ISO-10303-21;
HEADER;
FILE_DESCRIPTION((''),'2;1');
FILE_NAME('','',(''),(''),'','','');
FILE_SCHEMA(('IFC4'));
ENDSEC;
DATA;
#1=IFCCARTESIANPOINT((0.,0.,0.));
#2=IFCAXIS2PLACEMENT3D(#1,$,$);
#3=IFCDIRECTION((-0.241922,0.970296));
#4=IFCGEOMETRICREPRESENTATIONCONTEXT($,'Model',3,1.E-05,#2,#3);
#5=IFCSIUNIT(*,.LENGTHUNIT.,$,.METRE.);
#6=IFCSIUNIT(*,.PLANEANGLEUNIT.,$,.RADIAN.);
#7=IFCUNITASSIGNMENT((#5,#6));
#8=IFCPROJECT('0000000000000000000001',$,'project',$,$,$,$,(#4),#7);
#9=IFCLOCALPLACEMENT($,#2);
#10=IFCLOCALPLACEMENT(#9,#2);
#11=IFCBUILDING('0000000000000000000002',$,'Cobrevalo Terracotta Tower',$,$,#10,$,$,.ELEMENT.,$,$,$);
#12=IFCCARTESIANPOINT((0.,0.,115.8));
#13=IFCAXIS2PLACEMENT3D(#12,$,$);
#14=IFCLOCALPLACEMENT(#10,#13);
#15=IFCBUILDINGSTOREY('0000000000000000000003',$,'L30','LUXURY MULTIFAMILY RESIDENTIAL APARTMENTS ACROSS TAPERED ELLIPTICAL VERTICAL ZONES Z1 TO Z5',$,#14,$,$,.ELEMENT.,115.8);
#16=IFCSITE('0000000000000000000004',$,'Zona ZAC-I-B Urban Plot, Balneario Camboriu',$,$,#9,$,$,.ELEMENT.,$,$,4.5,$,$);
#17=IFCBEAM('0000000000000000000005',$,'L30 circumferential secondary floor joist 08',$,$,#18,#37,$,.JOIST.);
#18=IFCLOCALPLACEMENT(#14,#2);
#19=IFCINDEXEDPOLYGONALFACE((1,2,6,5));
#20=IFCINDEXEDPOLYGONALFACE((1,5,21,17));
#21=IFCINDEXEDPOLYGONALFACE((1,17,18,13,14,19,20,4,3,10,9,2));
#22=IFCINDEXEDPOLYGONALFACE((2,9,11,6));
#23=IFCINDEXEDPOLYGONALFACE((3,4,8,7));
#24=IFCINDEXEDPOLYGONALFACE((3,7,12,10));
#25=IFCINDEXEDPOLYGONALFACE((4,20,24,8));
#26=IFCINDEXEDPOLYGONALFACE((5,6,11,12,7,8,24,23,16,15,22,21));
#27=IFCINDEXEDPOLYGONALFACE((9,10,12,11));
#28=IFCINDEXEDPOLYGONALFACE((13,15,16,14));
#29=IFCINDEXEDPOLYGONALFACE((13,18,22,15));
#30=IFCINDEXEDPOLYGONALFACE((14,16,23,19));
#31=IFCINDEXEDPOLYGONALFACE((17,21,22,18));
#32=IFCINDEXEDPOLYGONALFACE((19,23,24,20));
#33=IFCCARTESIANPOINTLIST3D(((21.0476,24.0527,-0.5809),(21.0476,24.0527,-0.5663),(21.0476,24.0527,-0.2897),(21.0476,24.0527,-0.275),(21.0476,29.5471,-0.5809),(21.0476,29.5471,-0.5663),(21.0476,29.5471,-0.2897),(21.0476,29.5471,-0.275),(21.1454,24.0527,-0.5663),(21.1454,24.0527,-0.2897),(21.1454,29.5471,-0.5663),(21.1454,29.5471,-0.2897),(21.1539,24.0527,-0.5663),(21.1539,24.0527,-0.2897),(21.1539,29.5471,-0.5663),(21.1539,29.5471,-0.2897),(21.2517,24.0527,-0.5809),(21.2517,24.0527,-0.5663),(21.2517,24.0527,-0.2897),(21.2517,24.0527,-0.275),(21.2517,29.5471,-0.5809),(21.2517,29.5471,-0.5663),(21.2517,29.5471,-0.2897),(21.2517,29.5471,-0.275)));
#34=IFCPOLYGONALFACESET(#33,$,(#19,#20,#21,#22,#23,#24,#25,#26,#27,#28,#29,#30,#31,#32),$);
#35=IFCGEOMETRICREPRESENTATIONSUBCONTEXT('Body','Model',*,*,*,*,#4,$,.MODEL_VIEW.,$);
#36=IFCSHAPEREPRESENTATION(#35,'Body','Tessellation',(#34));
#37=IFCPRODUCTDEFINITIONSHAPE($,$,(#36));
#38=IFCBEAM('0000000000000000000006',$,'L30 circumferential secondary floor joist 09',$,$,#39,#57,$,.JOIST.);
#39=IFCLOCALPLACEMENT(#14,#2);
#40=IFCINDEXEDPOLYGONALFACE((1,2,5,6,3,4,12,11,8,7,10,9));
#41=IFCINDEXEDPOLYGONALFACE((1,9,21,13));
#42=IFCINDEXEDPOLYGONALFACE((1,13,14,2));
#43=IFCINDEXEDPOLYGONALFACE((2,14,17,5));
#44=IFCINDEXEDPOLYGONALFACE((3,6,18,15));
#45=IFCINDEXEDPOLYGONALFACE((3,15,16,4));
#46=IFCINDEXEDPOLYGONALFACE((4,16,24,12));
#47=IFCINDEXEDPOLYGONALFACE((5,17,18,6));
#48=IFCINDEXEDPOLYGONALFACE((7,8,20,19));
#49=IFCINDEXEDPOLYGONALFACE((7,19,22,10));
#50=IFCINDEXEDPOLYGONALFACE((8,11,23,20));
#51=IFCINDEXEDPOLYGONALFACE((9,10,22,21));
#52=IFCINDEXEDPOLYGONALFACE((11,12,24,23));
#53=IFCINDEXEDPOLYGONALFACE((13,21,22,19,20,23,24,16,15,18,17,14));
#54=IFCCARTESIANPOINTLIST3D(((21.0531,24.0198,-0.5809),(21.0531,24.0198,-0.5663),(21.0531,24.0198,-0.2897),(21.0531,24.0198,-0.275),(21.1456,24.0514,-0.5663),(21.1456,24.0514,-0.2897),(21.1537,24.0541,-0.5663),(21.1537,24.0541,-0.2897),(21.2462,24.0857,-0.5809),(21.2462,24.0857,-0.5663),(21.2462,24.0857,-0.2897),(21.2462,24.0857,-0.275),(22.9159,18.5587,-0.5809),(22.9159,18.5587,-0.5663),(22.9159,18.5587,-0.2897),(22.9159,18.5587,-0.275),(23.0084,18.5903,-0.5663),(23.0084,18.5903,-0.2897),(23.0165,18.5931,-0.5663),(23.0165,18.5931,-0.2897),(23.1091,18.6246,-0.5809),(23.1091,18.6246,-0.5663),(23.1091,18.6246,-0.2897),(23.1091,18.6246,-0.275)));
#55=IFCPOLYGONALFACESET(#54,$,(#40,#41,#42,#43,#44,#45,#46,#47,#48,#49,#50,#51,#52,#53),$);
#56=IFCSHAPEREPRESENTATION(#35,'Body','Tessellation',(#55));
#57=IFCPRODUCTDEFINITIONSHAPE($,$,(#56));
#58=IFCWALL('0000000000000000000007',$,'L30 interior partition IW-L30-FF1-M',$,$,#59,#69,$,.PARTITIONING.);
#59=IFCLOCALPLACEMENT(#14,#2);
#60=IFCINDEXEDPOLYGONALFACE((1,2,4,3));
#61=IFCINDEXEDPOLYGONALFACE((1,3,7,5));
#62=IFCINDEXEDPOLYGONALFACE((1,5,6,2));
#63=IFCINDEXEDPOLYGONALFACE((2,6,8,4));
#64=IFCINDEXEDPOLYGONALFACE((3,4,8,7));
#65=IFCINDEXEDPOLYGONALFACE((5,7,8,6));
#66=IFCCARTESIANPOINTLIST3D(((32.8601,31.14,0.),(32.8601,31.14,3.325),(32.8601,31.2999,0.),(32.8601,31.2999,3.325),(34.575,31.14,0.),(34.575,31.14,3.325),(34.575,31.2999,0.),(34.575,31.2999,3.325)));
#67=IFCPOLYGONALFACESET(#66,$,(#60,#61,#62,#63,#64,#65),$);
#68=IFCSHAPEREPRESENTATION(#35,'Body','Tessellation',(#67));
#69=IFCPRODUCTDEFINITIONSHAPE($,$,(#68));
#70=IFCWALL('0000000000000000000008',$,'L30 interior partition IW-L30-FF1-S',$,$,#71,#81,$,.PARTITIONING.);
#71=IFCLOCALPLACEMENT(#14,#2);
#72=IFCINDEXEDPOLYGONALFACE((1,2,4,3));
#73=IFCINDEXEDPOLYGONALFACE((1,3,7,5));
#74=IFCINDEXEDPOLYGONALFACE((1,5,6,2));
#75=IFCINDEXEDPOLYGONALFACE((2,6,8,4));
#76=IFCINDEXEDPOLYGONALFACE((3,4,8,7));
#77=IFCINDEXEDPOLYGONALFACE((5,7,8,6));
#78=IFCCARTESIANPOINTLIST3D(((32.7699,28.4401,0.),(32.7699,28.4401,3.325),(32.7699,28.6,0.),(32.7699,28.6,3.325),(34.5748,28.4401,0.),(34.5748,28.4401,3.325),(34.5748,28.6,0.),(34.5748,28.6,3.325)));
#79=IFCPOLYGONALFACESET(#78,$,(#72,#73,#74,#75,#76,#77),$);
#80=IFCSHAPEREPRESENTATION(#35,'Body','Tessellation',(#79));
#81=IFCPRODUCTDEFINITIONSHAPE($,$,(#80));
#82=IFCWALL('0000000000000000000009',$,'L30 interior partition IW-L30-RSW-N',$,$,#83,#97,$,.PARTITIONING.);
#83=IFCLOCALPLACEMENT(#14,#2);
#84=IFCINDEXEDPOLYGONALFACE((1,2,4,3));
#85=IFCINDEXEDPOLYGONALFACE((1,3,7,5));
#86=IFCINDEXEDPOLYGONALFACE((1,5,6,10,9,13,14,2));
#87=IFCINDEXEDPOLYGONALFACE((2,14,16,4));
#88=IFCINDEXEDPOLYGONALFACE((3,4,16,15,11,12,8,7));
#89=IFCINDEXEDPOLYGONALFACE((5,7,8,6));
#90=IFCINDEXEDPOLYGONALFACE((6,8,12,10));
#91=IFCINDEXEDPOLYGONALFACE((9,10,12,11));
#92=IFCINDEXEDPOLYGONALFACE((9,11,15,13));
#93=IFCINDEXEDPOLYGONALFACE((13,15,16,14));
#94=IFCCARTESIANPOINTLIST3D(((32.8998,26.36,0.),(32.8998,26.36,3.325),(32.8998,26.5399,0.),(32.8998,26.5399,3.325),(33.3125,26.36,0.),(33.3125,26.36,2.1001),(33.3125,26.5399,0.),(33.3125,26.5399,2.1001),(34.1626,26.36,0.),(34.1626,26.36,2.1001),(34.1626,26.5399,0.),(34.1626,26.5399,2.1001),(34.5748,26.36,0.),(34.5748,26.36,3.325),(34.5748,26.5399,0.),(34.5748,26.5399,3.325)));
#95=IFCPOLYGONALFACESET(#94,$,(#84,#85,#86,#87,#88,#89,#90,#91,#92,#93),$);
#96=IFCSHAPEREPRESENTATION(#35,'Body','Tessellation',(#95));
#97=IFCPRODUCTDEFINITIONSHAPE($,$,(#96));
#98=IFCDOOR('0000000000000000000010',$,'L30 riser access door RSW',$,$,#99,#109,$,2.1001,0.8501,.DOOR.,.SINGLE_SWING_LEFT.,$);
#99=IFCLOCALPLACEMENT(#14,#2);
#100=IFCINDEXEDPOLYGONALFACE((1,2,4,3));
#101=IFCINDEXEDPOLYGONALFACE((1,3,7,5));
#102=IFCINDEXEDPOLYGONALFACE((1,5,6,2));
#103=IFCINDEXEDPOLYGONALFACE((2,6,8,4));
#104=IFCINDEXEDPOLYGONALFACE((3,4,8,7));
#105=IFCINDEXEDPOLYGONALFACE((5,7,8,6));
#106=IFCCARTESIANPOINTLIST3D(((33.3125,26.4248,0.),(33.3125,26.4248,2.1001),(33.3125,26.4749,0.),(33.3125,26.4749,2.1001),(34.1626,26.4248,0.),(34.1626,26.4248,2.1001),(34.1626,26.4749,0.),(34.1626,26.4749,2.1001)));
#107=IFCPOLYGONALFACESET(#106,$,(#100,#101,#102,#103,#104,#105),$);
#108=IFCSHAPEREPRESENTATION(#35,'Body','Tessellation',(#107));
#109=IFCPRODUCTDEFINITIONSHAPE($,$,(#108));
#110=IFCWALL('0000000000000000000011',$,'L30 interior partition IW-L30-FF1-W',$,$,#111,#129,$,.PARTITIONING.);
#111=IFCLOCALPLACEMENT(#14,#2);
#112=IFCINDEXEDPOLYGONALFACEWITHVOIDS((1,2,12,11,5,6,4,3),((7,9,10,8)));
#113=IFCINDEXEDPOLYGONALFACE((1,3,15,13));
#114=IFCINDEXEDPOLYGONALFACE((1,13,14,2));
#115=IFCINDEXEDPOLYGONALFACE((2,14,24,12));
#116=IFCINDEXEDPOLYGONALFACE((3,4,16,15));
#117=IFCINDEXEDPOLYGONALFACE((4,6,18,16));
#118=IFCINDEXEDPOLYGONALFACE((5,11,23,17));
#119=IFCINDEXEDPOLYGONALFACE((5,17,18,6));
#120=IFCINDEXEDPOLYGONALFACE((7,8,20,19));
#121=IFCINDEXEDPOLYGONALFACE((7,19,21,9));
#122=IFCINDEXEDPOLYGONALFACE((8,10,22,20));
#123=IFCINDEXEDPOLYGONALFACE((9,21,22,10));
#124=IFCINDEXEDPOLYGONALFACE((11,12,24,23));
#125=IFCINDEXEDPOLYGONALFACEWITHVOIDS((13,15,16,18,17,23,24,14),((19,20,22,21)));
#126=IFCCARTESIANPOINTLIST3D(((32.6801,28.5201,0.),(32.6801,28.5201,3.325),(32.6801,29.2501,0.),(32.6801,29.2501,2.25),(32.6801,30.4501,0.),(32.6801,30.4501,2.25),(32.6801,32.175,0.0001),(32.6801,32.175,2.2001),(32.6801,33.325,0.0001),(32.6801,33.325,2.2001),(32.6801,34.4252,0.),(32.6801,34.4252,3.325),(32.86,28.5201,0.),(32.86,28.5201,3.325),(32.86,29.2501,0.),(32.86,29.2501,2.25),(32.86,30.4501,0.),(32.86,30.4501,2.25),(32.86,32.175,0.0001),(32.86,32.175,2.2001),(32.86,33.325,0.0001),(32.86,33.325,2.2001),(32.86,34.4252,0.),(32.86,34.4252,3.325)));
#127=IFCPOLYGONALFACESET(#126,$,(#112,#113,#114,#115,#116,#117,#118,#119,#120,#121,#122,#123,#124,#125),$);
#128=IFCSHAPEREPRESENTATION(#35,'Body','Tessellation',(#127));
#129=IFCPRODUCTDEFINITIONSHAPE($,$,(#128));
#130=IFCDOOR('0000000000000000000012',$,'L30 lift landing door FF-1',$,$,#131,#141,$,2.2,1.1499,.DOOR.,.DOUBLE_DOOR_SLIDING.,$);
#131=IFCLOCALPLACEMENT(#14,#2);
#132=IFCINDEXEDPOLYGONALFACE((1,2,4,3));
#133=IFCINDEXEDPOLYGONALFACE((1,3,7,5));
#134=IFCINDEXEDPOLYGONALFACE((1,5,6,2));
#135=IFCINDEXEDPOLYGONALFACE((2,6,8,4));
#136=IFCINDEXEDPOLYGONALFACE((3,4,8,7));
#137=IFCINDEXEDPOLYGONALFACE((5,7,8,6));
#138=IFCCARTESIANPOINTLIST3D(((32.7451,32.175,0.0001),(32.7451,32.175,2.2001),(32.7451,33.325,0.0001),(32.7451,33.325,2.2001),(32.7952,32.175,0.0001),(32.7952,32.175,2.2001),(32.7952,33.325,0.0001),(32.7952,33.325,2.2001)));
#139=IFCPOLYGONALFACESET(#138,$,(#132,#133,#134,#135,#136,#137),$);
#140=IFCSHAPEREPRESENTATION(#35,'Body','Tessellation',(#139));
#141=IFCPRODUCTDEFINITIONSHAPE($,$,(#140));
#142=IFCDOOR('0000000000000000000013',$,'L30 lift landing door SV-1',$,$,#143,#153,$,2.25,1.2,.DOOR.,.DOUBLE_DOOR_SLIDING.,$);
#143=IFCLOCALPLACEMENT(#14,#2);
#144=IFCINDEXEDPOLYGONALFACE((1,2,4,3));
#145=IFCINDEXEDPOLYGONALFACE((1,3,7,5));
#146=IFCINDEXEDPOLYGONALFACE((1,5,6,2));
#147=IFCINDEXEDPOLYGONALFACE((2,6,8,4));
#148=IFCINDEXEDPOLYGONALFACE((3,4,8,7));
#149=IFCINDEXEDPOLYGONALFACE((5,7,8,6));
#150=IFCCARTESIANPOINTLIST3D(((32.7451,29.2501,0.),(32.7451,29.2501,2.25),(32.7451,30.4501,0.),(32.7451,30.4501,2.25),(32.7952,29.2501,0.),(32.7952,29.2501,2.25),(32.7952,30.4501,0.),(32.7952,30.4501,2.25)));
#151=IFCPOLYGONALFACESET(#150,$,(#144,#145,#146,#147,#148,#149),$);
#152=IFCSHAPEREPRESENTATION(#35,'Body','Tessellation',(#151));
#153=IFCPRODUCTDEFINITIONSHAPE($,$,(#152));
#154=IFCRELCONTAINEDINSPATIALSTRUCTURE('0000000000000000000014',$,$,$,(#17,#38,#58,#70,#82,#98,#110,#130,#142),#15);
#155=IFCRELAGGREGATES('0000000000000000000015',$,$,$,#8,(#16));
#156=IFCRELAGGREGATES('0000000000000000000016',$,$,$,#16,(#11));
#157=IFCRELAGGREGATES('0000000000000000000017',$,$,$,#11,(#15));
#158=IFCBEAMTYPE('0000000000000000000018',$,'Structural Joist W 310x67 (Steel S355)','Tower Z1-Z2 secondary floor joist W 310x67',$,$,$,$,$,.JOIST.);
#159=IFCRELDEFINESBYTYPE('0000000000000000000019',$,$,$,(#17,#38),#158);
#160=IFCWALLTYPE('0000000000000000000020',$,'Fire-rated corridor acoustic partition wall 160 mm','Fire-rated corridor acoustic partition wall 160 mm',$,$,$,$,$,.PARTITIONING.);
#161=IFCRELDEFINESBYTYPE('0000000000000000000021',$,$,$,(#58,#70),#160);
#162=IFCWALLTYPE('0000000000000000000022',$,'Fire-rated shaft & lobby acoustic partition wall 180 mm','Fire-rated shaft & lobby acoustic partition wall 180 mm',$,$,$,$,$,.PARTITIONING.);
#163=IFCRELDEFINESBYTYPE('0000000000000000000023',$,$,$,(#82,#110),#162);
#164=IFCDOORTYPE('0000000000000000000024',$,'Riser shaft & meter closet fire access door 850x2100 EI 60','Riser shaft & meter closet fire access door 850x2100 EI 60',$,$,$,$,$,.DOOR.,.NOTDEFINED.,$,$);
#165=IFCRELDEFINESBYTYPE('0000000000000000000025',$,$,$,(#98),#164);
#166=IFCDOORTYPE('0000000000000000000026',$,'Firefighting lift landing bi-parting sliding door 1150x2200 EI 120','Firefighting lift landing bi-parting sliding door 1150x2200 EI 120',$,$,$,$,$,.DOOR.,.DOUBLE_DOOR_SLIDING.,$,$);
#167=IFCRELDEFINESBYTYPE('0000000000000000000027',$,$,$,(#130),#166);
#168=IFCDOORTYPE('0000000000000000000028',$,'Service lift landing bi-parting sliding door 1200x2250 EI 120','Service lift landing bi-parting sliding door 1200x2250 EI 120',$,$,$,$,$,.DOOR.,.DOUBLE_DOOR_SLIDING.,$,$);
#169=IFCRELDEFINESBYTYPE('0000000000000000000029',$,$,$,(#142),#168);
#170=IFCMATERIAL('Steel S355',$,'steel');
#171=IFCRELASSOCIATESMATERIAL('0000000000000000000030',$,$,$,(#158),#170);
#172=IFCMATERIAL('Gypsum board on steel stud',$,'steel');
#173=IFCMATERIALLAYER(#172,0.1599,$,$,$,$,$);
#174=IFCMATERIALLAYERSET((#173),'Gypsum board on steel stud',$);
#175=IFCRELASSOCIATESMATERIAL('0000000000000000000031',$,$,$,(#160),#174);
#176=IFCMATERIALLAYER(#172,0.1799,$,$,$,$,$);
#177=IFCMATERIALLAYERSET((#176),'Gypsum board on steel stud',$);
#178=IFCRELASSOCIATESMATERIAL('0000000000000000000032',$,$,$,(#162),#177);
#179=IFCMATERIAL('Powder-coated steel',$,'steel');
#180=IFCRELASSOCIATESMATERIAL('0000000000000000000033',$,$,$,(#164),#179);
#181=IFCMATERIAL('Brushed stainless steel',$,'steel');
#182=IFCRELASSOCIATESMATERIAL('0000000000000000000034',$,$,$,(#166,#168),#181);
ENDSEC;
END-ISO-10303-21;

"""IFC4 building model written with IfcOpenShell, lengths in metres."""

from ifc_helpers import new_model, si_unit, direction, frame, frame_2d, origin, origin_2d, place, context, subcontext, project, spatial, rectangle, i_section, extrude, source, transform, mapped, material, layer, layer_set, material_profile, profile_set, type_object, element, fill, save


model = new_model("IFC4")

# Units and contexts
model_context = context("Model", 3, precision=1e-05, world=origin(), true_north=direction((-0.241922, 0.970296)))
body_context = subcontext(model_context, "Body", "Model", "MODEL_VIEW")
ifc_project = project(units=[si_unit("LENGTHUNIT", "METRE"), si_unit("PLANEANGLEUNIT", "RADIAN")], contexts=[model_context])

# Site, building, storey
site_placement = place(None, origin())
site = spatial("IfcSite", under=ifc_project, at=site_placement, Name="Zona ZAC-I-B Urban Plot, Balneario Camboriu", CompositionType="ELEMENT", RefElevation=4.5)
building_placement = place(site_placement, origin())
building = spatial("IfcBuilding", under=site, at=building_placement, Name="Cobrevalo Terracotta Tower", CompositionType="ELEMENT")
storey_placement = place(building_placement, frame((0.0, 0.0, 115.8)))
storey = spatial("IfcBuildingStorey", under=building, at=storey_placement, Name="L30", Description="LUXURY MULTIFAMILY RESIDENTIAL APARTMENTS ACROSS TAPERED ELLIPTICAL VERTICAL ZONES Z1 TO Z5", CompositionType="ELEMENT", Elevation=115.8)

# Beams
ifc_material_1 = material(Name="Steel S355", Category="steel")
ifc_material_profile = material_profile(ifc_material_1, i_section(OverallWidth=0.2041, OverallDepth=0.3059, WebThickness=0.0085, FlangeThickness=0.0146, at=origin_2d()), Name="W 310x67")
ifc_profile_set = profile_set([ifc_material_profile], Name="Steel S355")
beam_type = type_object("IfcBeamType", Name="Structural Joist W 310x67 (Steel S355)", Description="Tower Z1-Z2 secondary floor joist W 310x67", PredefinedType="JOIST", material=ifc_profile_set)
beam_1_placement = place(storey_placement, frame((21.1497, 29.5471, -0.428), z_axis=(0.0, -1.0, 0.0), x_axis=(1.0, 0.0, 0.0)))
element("IfcBeam", 1, at=beam_1_placement, inside=storey, type_object=beam_type, Name="L30 circumferential secondary floor joist 08", PredefinedType="JOIST", context=body_context, shape_type="SweptSolid", body=[
    extrude(i_section(OverallWidth=0.2041, OverallDepth=0.3059, WebThickness=0.0085, FlangeThickness=0.0146, at=origin_2d()), origin(), (0.0, 0.0, 1.0), 5.4944),
])
beam_2_placement = place(storey_placement, frame((21.1497, 24.0527, -0.428), z_axis=(0.322846, -0.946451, 0.0), x_axis=(0.946451, 0.322846, 0.0)))
element("IfcBeam", 2, at=beam_2_placement, inside=storey, type_object=beam_type, Name="L30 circumferential secondary floor joist 09", PredefinedType="JOIST", context=body_context, shape_type="SweptSolid", body=[
    extrude(i_section(OverallWidth=0.2041, OverallDepth=0.3059, WebThickness=0.0085, FlangeThickness=0.0146, at=origin_2d()), origin(), (0.0, 0.0, 1.0), 5.77),
])

# Walls
ifc_material_2 = material(Name="Gypsum board on steel stud", Category="steel")
ifc_layer_1 = layer(ifc_material_2, 0.1599)
ifc_layer_set_1 = layer_set([ifc_layer_1], Name="Gypsum board on steel stud")
wall_type_1 = type_object("IfcWallType", Name="Fire-rated corridor acoustic partition wall 160 mm", Description="Fire-rated corridor acoustic partition wall 160 mm", PredefinedType="PARTITIONING", material=ifc_layer_set_1)
wall_1_placement = place(storey_placement, frame((32.8601, 31.22, 0.0), z_axis=(0.0, 0.0, 1.0), x_axis=(1.0, 0.0, 0.0)))
element("IfcWall", 3, at=wall_1_placement, inside=storey, type_object=wall_type_1, Name="L30 interior partition IW-L30-FF1-M", PredefinedType="PARTITIONING", context=body_context, shape_type="SweptSolid", body=[
    extrude(rectangle(XDim=1.7148, YDim=0.1599, at=frame_2d((0.8574, 0.0))), origin(), (0.0, 0.0, 1.0), 3.325),
])
wall_2_placement = place(storey_placement, frame((32.77, 28.52, 0.0), z_axis=(0.0, 0.0, 1.0), x_axis=(1.0, 0.0, 0.0)))
element("IfcWall", 4, at=wall_2_placement, inside=storey, type_object=wall_type_1, Name="L30 interior partition IW-L30-FF1-S", PredefinedType="PARTITIONING", context=body_context, shape_type="SweptSolid", body=[
    extrude(rectangle(XDim=1.8049, YDim=0.1599, at=frame_2d((0.9023, 0.0))), origin(), (0.0, 0.0, 1.0), 3.325),
])

# Wall, opening, door
ifc_layer_2 = layer(ifc_material_2, 0.1799)
ifc_layer_set_2 = layer_set([ifc_layer_2], Name="Gypsum board on steel stud")
wall_type_2 = type_object("IfcWallType", Name="Fire-rated shaft & lobby acoustic partition wall 180 mm", Description="Fire-rated shaft & lobby acoustic partition wall 180 mm", PredefinedType="PARTITIONING", material=ifc_layer_set_2)
wall_3_placement = place(storey_placement, frame((32.8999, 26.45, 0.0), z_axis=(0.0, 0.0, 1.0), x_axis=(1.0, 0.0, 0.0)))
wall_3 = element("IfcWall", 5, at=wall_3_placement, inside=storey, type_object=wall_type_2, Name="L30 interior partition IW-L30-RSW-N", PredefinedType="PARTITIONING", context=body_context, shape_type="SweptSolid", body=[
    extrude(rectangle(XDim=1.675, YDim=0.1799, at=frame_2d((0.8374, 0.0))), origin(), (0.0, 0.0, 1.0), 3.325),
])
opening_1_placement = place(wall_3_placement, frame((0.4126, 0.0, 0.0)))
opening_1 = element("IfcOpeningElement", 6, at=opening_1_placement, cuts=wall_3, PredefinedType="OPENING", context=body_context, shape_type="SweptSolid", body=[
    extrude(rectangle(XDim=0.8501, YDim=2.1001, at=frame_2d((0.425, 1.05))), frame((0.0, 0.1001, 0.0), z_axis=(0.0, -1.0, 0.0), x_axis=(1.0, 0.0, 0.0)), (0.0, 0.0, 1.0), 0.2),
])
ifc_material_3 = material(Name="Powder-coated steel", Category="steel")
door_type_1 = type_object("IfcDoorType", Name="Riser shaft & meter closet fire access door 850x2100 EI 60", Description="Riser shaft & meter closet fire access door 850x2100 EI 60", OperationType="NOTDEFINED", PredefinedType="DOOR", material=ifc_material_3)
shared_shape_1 = source(origin(), body_context, "Body", "SweptSolid", [
    extrude(rectangle(XDim=0.8501, YDim=2.1001, at=frame_2d((0.425, 1.05))), frame((0.0, 0.0249, 0.0), z_axis=(0.0, -1.0, 0.0), x_axis=(1.0, 0.0, 0.0)), (0.0, 0.0, 1.0), 0.05),
])
door_1_placement = place(opening_1_placement, origin())
door_1 = element("IfcDoor", 7, at=door_1_placement, inside=storey, type_object=door_type_1, Name="L30 riser access door RSW", OperationType="SINGLE_SWING_LEFT", OverallHeight=2.1001, OverallWidth=0.8501, PredefinedType="DOOR", context=body_context, shape_type="MappedRepresentation", body=[
    mapped(shared_shape_1, transform((0.0, 0.0, 0.0), scale=1.0)),
])
fill(opening_1, door_1)

# Wall, openings, doors
wall_4_placement = place(storey_placement, frame((32.77, 28.52, 0.0), z_axis=(0.0, 0.0, 1.0), x_axis=(0.0, 1.0, 0.0)))
wall_4 = element("IfcWall", 8, at=wall_4_placement, inside=storey, type_object=wall_type_2, Name="L30 interior partition IW-L30-FF1-W", PredefinedType="PARTITIONING", context=body_context, shape_type="SweptSolid", body=[
    extrude(rectangle(XDim=5.905, YDim=0.1799, at=frame_2d((2.9526, 0.0))), origin(), (0.0, 0.0, 1.0), 3.325),
])
opening_2_placement = place(wall_4_placement, frame((3.655, 0.0, 0.0)))
opening_2 = element("IfcOpeningElement", 9, at=opening_2_placement, cuts=wall_4, PredefinedType="OPENING", context=body_context, shape_type="SweptSolid", body=[
    extrude(rectangle(XDim=1.1499, YDim=2.2, at=frame_2d((0.575, 1.1001))), frame((0.0, 0.1001, 0.0), z_axis=(0.0, -1.0, 0.0), x_axis=(1.0, 0.0, 0.0)), (0.0, 0.0, 1.0), 0.2),
])
opening_3_placement = place(wall_4_placement, frame((0.73, 0.0, 0.0)))
opening_3 = element("IfcOpeningElement", 10, at=opening_3_placement, cuts=wall_4, PredefinedType="OPENING", context=body_context, shape_type="SweptSolid", body=[
    extrude(rectangle(XDim=1.2, YDim=2.25, at=frame_2d((0.6001, 1.125))), frame((0.0, 0.1001, 0.0), z_axis=(0.0, -1.0, 0.0), x_axis=(1.0, 0.0, 0.0)), (0.0, 0.0, 1.0), 0.2),
])
ifc_material_4 = material(Name="Brushed stainless steel", Category="steel")
door_type_2 = type_object("IfcDoorType", Name="Firefighting lift landing bi-parting sliding door 1150x2200 EI 120", Description="Firefighting lift landing bi-parting sliding door 1150x2200 EI 120", OperationType="DOUBLE_DOOR_SLIDING", PredefinedType="DOOR", material=ifc_material_4)
shared_shape_2 = source(origin(), body_context, "Body", "SweptSolid", [
    extrude(rectangle(XDim=1.1499, YDim=2.2, at=frame_2d((0.575, 1.1001))), frame((0.0, 0.0249, 0.0), z_axis=(0.0, -1.0, 0.0), x_axis=(1.0, 0.0, 0.0)), (0.0, 0.0, 1.0), 0.05),
])
door_2_placement = place(opening_2_placement, origin())
door_2 = element("IfcDoor", 11, at=door_2_placement, inside=storey, type_object=door_type_2, Name="L30 lift landing door FF-1", OperationType="DOUBLE_DOOR_SLIDING", OverallHeight=2.2, OverallWidth=1.1499, PredefinedType="DOOR", context=body_context, shape_type="MappedRepresentation", body=[
    mapped(shared_shape_2, transform((0.0, 0.0, 0.0), scale=1.0)),
])
fill(opening_2, door_2)
door_type_3 = type_object("IfcDoorType", Name="Service lift landing bi-parting sliding door 1200x2250 EI 120", Description="Service lift landing bi-parting sliding door 1200x2250 EI 120", OperationType="DOUBLE_DOOR_SLIDING", PredefinedType="DOOR", material=ifc_material_4)
shared_shape_3 = source(origin(), body_context, "Body", "SweptSolid", [
    extrude(rectangle(XDim=1.2, YDim=2.25, at=frame_2d((0.6001, 1.125))), frame((0.0, 0.0249, 0.0), z_axis=(0.0, -1.0, 0.0), x_axis=(1.0, 0.0, 0.0)), (0.0, 0.0, 1.0), 0.05),
])
door_3_placement = place(opening_3_placement, origin())
door_3 = element("IfcDoor", 12, at=door_3_placement, inside=storey, type_object=door_type_3, Name="L30 lift landing door SV-1", OperationType="DOUBLE_DOOR_SLIDING", OverallHeight=2.25, OverallWidth=1.2, PredefinedType="DOOR", context=body_context, shape_type="MappedRepresentation", body=[
    mapped(shared_shape_3, transform((0.0, 0.0, 0.0), scale=1.0)),
])
fill(opening_3, door_3)

save(model, "model.ifc")
